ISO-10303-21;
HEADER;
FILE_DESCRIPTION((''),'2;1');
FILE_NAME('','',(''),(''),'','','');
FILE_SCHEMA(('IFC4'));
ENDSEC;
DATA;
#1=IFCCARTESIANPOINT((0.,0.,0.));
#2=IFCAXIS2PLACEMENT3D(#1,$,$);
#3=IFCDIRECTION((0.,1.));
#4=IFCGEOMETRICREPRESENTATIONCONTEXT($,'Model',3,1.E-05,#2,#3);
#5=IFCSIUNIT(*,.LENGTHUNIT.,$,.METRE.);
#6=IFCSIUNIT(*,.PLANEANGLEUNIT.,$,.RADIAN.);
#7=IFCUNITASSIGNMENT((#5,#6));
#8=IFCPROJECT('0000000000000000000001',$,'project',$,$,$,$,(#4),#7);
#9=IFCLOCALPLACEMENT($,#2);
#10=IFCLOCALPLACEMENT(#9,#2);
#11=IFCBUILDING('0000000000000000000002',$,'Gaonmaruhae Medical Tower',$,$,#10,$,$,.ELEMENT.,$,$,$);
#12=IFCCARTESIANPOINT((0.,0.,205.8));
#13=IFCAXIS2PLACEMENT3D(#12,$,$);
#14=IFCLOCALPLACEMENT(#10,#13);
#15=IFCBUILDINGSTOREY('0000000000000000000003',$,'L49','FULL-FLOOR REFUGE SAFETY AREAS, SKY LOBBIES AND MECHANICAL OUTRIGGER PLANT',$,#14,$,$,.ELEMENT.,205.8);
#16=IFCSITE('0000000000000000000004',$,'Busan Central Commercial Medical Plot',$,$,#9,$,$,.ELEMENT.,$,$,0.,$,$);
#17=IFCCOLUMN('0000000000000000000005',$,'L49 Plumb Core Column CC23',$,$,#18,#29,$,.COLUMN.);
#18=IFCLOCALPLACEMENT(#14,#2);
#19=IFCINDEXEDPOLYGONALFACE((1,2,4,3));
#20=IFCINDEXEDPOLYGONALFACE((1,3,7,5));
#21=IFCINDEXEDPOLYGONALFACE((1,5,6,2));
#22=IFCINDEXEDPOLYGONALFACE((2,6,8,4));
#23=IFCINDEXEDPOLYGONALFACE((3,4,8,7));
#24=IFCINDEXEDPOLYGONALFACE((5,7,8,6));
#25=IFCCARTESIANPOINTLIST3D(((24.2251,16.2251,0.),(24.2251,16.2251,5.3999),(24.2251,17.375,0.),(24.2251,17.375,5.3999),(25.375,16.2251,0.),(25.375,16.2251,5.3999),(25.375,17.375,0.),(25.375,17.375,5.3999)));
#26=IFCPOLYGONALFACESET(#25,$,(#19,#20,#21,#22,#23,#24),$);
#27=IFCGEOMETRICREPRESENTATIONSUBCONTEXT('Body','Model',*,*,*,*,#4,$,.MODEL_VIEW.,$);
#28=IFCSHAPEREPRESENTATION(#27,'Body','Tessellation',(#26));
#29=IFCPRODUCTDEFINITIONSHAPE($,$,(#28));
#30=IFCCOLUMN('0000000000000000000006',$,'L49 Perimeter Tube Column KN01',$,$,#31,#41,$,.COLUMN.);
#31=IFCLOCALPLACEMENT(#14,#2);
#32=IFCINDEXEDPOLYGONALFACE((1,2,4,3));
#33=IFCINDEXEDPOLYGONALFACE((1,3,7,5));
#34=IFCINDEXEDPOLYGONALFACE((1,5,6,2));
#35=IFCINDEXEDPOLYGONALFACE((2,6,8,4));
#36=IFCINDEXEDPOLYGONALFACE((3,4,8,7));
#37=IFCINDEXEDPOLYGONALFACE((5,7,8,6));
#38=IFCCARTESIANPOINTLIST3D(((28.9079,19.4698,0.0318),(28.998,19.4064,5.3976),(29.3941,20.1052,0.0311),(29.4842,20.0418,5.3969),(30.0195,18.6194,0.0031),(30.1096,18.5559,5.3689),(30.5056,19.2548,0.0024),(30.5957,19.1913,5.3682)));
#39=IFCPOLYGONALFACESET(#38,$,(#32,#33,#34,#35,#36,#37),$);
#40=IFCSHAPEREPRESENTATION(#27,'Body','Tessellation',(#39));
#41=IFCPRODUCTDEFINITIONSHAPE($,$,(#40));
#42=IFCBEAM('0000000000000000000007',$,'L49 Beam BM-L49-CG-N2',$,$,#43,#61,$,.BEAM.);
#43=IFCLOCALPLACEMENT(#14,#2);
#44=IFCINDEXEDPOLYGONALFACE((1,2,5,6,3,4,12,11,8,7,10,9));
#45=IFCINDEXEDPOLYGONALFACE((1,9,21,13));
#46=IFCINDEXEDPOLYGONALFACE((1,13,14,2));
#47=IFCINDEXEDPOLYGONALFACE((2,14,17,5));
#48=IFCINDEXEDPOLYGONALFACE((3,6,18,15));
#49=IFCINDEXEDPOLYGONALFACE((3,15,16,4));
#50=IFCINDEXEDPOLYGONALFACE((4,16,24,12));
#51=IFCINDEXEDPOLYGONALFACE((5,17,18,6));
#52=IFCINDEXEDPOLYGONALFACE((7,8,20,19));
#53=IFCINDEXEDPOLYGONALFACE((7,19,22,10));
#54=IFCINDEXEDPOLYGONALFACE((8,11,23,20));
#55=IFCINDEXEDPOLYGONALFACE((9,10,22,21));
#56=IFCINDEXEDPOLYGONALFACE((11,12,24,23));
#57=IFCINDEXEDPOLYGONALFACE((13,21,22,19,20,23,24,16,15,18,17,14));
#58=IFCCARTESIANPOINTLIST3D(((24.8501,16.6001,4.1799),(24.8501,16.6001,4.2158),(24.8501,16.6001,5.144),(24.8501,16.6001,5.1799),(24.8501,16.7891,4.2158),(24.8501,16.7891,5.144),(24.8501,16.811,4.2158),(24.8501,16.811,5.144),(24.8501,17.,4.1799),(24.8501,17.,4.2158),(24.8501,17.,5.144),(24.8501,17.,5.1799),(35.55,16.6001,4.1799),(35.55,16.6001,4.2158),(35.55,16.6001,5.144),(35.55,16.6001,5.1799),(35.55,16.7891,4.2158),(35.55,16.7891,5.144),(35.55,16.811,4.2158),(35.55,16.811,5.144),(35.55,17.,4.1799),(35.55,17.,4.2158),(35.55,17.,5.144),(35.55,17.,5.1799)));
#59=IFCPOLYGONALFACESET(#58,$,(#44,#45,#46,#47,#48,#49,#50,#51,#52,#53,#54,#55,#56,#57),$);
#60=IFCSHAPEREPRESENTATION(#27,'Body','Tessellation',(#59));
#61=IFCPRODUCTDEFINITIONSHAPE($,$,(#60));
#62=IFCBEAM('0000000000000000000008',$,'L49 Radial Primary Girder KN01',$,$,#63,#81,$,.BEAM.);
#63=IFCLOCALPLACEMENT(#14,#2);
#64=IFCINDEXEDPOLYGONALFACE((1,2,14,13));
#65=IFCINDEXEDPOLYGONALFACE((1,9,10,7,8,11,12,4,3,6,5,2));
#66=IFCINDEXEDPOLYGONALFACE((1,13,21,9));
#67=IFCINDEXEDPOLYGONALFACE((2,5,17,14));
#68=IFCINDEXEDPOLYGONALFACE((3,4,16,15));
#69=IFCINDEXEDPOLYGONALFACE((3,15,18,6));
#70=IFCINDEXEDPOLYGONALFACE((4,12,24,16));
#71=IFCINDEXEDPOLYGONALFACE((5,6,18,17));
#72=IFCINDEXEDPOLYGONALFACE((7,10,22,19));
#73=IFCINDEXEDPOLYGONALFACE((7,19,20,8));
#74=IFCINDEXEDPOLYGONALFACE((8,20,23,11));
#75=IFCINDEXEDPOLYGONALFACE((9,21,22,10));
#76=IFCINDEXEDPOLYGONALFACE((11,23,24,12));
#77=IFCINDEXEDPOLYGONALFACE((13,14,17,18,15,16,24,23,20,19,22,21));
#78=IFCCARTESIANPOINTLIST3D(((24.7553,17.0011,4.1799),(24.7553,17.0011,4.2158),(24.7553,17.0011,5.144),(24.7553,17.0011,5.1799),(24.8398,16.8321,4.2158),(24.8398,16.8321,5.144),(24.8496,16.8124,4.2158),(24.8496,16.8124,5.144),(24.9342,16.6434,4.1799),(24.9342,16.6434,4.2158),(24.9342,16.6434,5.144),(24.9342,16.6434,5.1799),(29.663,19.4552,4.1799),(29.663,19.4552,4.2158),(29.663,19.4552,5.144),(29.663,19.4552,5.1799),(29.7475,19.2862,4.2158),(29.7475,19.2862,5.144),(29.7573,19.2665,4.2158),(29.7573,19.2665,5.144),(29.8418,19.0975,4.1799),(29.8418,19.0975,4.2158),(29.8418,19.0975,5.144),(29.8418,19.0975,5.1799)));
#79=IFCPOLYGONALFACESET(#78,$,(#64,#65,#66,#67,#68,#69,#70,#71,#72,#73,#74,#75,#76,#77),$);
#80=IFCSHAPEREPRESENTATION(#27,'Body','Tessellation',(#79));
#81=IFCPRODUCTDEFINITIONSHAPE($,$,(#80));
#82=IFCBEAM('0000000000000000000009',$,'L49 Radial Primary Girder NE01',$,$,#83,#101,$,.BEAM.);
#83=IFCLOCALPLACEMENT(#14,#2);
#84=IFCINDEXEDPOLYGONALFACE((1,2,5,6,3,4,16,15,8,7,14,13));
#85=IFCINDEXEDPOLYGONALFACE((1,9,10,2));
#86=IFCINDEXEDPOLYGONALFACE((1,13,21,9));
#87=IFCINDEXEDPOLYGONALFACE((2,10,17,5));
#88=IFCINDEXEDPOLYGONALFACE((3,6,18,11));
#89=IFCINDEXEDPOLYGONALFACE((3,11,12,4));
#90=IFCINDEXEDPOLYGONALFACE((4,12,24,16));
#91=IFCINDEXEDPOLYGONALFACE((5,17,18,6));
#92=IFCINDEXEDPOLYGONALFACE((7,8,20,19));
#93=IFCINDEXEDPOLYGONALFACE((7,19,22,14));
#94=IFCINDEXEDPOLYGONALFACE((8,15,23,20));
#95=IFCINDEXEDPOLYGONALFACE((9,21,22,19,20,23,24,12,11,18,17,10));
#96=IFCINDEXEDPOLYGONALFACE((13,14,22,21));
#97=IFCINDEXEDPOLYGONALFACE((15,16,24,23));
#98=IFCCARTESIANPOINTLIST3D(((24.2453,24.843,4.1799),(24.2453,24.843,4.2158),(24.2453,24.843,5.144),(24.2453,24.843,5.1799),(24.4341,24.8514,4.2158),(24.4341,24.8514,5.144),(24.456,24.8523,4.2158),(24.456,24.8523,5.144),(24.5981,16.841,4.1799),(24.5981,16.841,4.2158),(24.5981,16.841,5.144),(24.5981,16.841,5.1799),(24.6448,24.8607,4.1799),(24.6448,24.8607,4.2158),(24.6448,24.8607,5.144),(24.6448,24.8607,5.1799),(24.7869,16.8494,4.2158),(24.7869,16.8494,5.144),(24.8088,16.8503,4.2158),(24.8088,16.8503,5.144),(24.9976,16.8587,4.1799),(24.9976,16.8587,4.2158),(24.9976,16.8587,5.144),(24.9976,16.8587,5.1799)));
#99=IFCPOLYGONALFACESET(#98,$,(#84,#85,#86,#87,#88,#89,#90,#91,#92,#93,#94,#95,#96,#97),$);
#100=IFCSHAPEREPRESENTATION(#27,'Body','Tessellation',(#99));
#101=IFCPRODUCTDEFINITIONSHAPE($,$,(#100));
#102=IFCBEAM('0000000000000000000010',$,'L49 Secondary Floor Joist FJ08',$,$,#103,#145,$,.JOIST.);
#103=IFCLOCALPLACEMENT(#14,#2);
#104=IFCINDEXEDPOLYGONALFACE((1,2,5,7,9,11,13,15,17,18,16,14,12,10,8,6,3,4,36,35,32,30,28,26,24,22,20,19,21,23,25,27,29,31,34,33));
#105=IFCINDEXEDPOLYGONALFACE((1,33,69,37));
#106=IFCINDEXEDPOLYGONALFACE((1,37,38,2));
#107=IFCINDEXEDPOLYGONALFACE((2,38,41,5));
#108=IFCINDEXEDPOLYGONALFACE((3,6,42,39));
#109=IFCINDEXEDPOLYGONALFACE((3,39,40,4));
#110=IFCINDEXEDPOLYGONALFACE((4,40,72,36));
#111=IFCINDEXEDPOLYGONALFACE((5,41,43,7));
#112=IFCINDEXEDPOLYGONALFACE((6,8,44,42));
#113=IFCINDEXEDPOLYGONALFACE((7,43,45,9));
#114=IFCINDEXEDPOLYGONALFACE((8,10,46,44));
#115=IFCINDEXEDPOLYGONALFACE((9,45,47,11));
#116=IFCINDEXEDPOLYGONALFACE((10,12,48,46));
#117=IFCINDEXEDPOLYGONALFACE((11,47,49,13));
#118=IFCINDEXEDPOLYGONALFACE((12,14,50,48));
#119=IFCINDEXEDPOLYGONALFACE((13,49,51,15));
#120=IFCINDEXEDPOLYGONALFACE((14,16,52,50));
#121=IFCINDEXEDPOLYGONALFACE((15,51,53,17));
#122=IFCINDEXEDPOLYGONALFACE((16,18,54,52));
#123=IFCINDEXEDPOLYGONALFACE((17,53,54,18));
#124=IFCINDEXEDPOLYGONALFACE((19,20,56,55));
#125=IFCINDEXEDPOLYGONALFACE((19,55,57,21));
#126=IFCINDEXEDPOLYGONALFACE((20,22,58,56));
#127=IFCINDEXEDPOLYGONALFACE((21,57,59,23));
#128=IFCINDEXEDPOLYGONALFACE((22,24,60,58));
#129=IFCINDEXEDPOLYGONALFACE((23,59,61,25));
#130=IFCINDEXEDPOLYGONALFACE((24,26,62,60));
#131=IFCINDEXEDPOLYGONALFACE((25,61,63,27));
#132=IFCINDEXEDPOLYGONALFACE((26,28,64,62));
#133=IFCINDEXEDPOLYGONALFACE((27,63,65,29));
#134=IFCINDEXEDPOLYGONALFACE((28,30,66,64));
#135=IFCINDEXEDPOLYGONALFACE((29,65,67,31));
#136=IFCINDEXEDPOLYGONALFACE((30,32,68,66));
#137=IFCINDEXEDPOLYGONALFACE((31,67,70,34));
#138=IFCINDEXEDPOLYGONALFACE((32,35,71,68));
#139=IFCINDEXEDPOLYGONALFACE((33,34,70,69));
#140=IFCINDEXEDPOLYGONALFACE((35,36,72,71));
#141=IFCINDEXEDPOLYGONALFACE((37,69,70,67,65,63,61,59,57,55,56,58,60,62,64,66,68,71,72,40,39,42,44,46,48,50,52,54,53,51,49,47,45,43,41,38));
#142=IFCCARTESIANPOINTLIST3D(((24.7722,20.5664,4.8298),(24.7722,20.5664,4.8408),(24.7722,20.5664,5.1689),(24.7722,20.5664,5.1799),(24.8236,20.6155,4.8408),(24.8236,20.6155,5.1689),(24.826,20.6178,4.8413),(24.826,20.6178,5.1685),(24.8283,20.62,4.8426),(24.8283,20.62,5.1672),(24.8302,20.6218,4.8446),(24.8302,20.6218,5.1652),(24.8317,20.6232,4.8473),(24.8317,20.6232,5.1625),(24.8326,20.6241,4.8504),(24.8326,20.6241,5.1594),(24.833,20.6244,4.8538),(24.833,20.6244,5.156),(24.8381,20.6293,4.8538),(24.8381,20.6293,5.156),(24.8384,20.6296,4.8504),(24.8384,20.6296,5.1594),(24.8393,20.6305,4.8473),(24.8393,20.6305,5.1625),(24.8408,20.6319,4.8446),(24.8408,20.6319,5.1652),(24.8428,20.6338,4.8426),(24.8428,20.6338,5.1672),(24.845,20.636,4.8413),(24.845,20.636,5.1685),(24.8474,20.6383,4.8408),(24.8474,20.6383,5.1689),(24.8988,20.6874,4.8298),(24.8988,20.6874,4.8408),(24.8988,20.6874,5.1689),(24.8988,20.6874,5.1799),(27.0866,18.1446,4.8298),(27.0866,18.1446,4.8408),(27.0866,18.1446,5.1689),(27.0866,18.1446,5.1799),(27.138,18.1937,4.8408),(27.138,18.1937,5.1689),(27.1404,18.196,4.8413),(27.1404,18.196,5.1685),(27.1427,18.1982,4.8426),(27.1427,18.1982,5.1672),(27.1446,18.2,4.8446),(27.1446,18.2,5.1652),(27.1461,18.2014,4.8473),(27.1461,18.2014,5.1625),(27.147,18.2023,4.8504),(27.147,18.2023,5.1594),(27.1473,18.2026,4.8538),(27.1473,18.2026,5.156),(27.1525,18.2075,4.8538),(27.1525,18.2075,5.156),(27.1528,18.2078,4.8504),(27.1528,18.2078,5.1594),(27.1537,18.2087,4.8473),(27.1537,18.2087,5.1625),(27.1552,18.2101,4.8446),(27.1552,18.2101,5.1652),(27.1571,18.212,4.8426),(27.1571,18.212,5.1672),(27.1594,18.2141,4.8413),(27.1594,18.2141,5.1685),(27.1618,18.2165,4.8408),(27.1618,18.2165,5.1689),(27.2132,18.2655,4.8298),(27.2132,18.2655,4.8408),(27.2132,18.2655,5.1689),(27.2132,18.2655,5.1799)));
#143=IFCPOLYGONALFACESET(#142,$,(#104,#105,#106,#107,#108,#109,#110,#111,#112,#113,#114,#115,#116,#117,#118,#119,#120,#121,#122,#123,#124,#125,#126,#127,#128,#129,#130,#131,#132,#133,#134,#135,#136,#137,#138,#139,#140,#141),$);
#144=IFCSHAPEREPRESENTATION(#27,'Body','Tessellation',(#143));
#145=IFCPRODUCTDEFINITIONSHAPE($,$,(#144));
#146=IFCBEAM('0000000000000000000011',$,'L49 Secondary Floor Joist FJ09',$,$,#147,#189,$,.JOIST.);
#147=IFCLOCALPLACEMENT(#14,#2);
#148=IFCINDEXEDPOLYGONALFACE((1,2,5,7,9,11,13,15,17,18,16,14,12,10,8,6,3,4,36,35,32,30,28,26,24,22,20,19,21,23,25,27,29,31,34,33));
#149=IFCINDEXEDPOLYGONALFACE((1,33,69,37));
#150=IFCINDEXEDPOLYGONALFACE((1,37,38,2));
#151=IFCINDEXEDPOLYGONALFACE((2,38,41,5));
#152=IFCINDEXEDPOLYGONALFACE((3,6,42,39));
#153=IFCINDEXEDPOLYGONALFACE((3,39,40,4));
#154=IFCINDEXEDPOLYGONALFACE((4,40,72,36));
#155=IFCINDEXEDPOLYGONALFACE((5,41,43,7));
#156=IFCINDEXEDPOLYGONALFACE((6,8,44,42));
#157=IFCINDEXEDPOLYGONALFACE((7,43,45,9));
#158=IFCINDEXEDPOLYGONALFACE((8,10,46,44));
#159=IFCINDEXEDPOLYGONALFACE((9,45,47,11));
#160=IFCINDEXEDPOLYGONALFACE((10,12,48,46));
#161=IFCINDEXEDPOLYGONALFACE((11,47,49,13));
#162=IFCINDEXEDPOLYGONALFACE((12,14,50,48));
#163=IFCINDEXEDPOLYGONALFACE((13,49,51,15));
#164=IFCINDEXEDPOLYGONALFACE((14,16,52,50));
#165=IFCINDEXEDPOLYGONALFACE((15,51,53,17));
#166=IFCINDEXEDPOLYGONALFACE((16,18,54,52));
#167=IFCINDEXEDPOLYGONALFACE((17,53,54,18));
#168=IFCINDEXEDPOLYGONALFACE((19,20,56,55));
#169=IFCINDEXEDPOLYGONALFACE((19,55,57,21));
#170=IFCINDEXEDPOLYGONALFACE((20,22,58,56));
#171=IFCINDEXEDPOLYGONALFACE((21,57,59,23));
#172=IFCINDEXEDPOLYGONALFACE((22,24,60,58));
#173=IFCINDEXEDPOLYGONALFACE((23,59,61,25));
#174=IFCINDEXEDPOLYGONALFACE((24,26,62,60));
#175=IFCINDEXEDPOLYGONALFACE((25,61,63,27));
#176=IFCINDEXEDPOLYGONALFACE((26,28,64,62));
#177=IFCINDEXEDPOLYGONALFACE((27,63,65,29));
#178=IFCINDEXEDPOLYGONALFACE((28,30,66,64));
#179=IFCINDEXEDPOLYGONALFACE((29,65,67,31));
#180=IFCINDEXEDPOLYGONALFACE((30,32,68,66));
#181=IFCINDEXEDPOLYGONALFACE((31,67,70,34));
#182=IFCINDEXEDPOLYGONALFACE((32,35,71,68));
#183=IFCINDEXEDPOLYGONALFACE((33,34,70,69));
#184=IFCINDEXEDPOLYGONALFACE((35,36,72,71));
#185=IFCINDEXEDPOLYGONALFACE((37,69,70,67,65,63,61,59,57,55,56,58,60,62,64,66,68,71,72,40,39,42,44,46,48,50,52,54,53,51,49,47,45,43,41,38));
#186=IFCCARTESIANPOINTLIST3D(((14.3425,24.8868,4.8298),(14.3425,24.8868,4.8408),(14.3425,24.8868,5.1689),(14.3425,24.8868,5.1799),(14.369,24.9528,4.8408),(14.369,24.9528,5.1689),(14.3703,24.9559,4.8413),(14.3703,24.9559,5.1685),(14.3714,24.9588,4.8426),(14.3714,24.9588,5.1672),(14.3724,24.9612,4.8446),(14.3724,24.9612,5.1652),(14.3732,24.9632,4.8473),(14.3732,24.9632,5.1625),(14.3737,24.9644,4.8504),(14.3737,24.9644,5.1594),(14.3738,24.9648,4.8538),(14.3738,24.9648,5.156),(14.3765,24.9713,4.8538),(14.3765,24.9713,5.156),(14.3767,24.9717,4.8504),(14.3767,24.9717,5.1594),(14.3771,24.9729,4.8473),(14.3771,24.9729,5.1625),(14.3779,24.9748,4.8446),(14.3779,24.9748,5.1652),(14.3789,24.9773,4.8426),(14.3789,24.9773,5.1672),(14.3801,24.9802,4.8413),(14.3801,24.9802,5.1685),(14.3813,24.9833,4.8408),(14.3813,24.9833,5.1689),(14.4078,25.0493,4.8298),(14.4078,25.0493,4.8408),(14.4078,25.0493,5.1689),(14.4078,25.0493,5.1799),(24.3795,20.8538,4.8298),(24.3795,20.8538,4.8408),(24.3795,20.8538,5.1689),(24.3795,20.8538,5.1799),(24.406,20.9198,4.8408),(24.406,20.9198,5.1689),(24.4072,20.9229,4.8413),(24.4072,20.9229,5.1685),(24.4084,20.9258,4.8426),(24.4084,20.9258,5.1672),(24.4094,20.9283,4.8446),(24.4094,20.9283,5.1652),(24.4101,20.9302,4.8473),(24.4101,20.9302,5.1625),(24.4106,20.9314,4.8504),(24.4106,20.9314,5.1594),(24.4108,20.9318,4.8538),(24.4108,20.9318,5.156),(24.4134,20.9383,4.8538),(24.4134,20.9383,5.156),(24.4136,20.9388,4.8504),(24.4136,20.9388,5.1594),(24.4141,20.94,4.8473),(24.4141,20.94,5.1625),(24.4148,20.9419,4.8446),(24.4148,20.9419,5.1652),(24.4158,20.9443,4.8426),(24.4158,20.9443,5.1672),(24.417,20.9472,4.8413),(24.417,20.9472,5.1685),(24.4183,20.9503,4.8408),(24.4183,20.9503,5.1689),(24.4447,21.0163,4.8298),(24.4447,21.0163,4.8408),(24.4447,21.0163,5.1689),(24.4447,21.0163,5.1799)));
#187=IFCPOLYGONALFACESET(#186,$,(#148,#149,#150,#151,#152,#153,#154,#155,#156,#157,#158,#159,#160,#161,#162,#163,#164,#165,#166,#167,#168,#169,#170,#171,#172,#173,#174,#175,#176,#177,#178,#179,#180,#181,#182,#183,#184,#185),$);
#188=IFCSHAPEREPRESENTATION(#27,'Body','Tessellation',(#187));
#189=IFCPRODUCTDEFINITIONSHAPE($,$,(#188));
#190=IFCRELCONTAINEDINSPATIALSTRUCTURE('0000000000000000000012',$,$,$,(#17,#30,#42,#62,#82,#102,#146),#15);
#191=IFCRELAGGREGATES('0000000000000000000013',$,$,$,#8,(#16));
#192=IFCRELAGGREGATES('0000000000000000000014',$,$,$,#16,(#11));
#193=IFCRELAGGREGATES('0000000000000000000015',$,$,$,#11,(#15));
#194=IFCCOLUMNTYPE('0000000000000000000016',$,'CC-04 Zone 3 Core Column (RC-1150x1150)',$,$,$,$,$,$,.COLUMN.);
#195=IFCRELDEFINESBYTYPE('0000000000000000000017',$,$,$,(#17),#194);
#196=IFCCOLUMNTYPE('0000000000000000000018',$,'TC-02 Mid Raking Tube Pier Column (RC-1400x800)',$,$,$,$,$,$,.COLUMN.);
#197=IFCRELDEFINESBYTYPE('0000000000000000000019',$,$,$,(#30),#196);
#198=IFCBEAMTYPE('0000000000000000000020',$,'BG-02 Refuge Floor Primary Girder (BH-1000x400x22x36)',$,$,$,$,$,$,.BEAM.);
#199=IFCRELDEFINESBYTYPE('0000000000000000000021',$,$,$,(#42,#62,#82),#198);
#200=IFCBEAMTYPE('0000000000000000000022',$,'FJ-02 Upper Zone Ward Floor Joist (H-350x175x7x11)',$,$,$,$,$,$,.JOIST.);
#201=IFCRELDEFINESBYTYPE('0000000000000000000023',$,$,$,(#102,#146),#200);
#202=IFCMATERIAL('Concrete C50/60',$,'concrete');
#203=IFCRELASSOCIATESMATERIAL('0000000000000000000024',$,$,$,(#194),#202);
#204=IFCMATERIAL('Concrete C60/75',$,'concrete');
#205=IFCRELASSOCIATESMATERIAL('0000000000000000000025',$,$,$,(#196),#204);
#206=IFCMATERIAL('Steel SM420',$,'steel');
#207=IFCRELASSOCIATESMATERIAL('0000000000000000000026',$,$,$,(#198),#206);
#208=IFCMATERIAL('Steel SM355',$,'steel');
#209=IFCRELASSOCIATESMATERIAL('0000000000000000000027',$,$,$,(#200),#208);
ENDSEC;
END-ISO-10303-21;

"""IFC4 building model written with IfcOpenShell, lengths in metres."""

from ifc_helpers import new_model, si_unit, direction, frame, origin, origin_2d, place, context, subcontext, project, spatial, rectangle, i_section, extrude, material, material_profile, profile_set, type_object, element, save


model = new_model("IFC4")

# Units and contexts
model_context = context("Model", 3, precision=1e-05, world=origin(), true_north=direction((0.0, 1.0)))
body_context = subcontext(model_context, "Body", "Model", "MODEL_VIEW")
ifc_project = project(units=[si_unit("LENGTHUNIT", "METRE"), si_unit("PLANEANGLEUNIT", "RADIAN")], contexts=[model_context])

# Site, building, storey
site_placement = place(None, origin())
site = spatial("IfcSite", under=ifc_project, at=site_placement, Name="Busan Central Commercial Medical Plot", CompositionType="ELEMENT", RefElevation=0.0)
building_placement = place(site_placement, origin())
building = spatial("IfcBuilding", under=site, at=building_placement, Name="Gaonmaruhae Medical Tower", CompositionType="ELEMENT")
storey_placement = place(building_placement, frame((0.0, 0.0, 205.8)))
storey = spatial("IfcBuildingStorey", under=building, at=storey_placement, Name="L49", Description="FULL-FLOOR REFUGE SAFETY AREAS, SKY LOBBIES AND MECHANICAL OUTRIGGER PLANT", CompositionType="ELEMENT", Elevation=205.8)

# Columns
ifc_material_1 = material(Name="Concrete C50/60", Category="concrete")
ifc_material_profile_1 = material_profile(ifc_material_1, rectangle(XDim=1.1499, YDim=1.1499, at=origin_2d()), Name="RC-1150x1150")
ifc_profile_set_1 = profile_set([ifc_material_profile_1], Name="Concrete C50/60")
column_type_1 = type_object("IfcColumnType", Name="CC-04 Zone 3 Core Column (RC-1150x1150)", PredefinedType="COLUMN", material=ifc_profile_set_1)
column_1_placement = place(storey_placement, frame((24.8, 16.8, 0.0), z_axis=(0.0, 0.0, 1.0), x_axis=(1.0, 0.0, 0.0)))
element("IfcColumn", 1, at=column_1_placement, inside=storey, type_object=column_type_1, Name="L49 Plumb Core Column CC23", PredefinedType="COLUMN", context=body_context, shape_type="SweptSolid", body=[
    extrude(rectangle(XDim=1.1499, YDim=1.1499, at=origin_2d()), origin(), (0.0, 0.0, 1.0), 5.3999),
])
ifc_material_2 = material(Name="Concrete C60/75", Category="concrete")
ifc_material_profile_2 = material_profile(ifc_material_2, rectangle(XDim=1.3999, YDim=0.8, at=origin_2d()), Name="RC-1400x800")
ifc_profile_set_2 = profile_set([ifc_material_profile_2], Name="Concrete C60/75")
column_type_2 = type_object("IfcColumnType", Name="TC-02 Mid Raking Tube Pier Column (RC-1400x800)", PredefinedType="COLUMN", material=ifc_profile_set_2)
column_2_placement = place(storey_placement, frame((29.7068, 19.3623, 0.0171), z_axis=(0.016786, -0.011828, 0.999789), x_axis=(-0.794043, 0.607515, 0.020519)))
element("IfcColumn", 2, at=column_2_placement, inside=storey, type_object=column_type_2, Name="L49 Perimeter Tube Column KN01", PredefinedType="COLUMN", context=body_context, shape_type="SweptSolid", body=[
    extrude(rectangle(XDim=1.3999, YDim=0.8, at=origin_2d()), origin(), (0.0, 0.0, 1.0), 5.3669),
])

# Beams
ifc_material_3 = material(Name="Steel SM420", Category="steel")
ifc_material_profile_3 = material_profile(ifc_material_3, i_section(OverallWidth=0.3999, OverallDepth=1.0, WebThickness=0.022, FlangeThickness=0.0359, at=origin_2d()), Name="BH-1000x400x22x36")
ifc_profile_set_3 = profile_set([ifc_material_profile_3], Name="Steel SM420")
beam_type_1 = type_object("IfcBeamType", Name="BG-02 Refuge Floor Primary Girder (BH-1000x400x22x36)", PredefinedType="BEAM", material=ifc_profile_set_3)
beam_1_placement = place(storey_placement, frame((24.8501, 16.8, 4.6799), z_axis=(1.0, 0.0, 0.0), x_axis=(0.0, 1.0, 0.0)))
element("IfcBeam", 3, at=beam_1_placement, inside=storey, type_object=beam_type_1, Name="L49 Beam BM-L49-CG-N2", PredefinedType="BEAM", context=body_context, shape_type="SweptSolid", body=[
    extrude(i_section(OverallWidth=0.3999, OverallDepth=1.0, WebThickness=0.022, FlangeThickness=0.0359, at=origin_2d()), origin(), (0.0, 0.0, 1.0), 10.7),
])
beam_2_placement = place(storey_placement, frame((24.8447, 16.8223, 4.6799), z_axis=(0.894409, 0.447249, 0.0), x_axis=(-0.447249, 0.894409, 0.0)))
element("IfcBeam", 4, at=beam_2_placement, inside=storey, type_object=beam_type_1, Name="L49 Radial Primary Girder KN01", PredefinedType="BEAM", context=body_context, shape_type="SweptSolid", body=[
    extrude(i_section(OverallWidth=0.3999, OverallDepth=1.0, WebThickness=0.022, FlangeThickness=0.0359, at=origin_2d()), origin(), (0.0, 0.0, 1.0), 5.4871),
])
beam_3_placement = place(storey_placement, frame((24.7979, 16.8499, 4.6799), z_axis=(-0.044044, 0.99903, 0.0), x_axis=(-0.99903, -0.044044, 0.0)))
element("IfcBeam", 5, at=beam_3_placement, inside=storey, type_object=beam_type_1, Name="L49 Radial Primary Girder NE01", PredefinedType="BEAM", context=body_context, shape_type="SweptSolid", body=[
    extrude(i_section(OverallWidth=0.3999, OverallDepth=1.0, WebThickness=0.022, FlangeThickness=0.0359, at=origin_2d()), origin(), (0.0, 0.0, 1.0), 8.0098),
])
ifc_material_4 = material(Name="Steel SM355", Category="steel")
ifc_material_profile_4 = material_profile(ifc_material_4, i_section(OverallWidth=0.175, OverallDepth=0.3501, WebThickness=0.0071, FlangeThickness=0.011, FilletRadius=0.0129, at=origin_2d()), Name="H-350x175x7x11")
ifc_profile_set_4 = profile_set([ifc_material_profile_4], Name="Steel SM355")
beam_type_2 = type_object("IfcBeamType", Name="FJ-02 Upper Zone Ward Floor Joist (H-350x175x7x11)", PredefinedType="JOIST", material=ifc_profile_set_4)
beam_4_placement = place(storey_placement, frame((27.1499, 18.2051, 5.0049), z_axis=(-0.690892, 0.722958, 0.0), x_axis=(-0.722958, -0.690892, 0.0)))
element("IfcBeam", 6, at=beam_4_placement, inside=storey, type_object=beam_type_2, Name="L49 Secondary Floor Joist FJ08", PredefinedType="JOIST", context=body_context, shape_type="SweptSolid", body=[
    extrude(i_section(OverallWidth=0.175, OverallDepth=0.3501, WebThickness=0.0071, FlangeThickness=0.011, FilletRadius=0.0129, at=origin_2d()), origin(), (0.0, 0.0, 1.0), 3.3499),
])
beam_5_placement = place(storey_placement, frame((24.4121, 20.9351, 5.0049), z_axis=(-0.927895, 0.372842, 0.0), x_axis=(-0.372842, -0.927895, 0.0)))
element("IfcBeam", 7, at=beam_5_placement, inside=storey, type_object=beam_type_2, Name="L49 Secondary Floor Joist FJ09", PredefinedType="JOIST", context=body_context, shape_type="SweptSolid", body=[
    extrude(i_section(OverallWidth=0.175, OverallDepth=0.3501, WebThickness=0.0071, FlangeThickness=0.011, FilletRadius=0.0129, at=origin_2d()), origin(), (0.0, 0.0, 1.0), 10.8169),
])

save(model, "model.ifc")
